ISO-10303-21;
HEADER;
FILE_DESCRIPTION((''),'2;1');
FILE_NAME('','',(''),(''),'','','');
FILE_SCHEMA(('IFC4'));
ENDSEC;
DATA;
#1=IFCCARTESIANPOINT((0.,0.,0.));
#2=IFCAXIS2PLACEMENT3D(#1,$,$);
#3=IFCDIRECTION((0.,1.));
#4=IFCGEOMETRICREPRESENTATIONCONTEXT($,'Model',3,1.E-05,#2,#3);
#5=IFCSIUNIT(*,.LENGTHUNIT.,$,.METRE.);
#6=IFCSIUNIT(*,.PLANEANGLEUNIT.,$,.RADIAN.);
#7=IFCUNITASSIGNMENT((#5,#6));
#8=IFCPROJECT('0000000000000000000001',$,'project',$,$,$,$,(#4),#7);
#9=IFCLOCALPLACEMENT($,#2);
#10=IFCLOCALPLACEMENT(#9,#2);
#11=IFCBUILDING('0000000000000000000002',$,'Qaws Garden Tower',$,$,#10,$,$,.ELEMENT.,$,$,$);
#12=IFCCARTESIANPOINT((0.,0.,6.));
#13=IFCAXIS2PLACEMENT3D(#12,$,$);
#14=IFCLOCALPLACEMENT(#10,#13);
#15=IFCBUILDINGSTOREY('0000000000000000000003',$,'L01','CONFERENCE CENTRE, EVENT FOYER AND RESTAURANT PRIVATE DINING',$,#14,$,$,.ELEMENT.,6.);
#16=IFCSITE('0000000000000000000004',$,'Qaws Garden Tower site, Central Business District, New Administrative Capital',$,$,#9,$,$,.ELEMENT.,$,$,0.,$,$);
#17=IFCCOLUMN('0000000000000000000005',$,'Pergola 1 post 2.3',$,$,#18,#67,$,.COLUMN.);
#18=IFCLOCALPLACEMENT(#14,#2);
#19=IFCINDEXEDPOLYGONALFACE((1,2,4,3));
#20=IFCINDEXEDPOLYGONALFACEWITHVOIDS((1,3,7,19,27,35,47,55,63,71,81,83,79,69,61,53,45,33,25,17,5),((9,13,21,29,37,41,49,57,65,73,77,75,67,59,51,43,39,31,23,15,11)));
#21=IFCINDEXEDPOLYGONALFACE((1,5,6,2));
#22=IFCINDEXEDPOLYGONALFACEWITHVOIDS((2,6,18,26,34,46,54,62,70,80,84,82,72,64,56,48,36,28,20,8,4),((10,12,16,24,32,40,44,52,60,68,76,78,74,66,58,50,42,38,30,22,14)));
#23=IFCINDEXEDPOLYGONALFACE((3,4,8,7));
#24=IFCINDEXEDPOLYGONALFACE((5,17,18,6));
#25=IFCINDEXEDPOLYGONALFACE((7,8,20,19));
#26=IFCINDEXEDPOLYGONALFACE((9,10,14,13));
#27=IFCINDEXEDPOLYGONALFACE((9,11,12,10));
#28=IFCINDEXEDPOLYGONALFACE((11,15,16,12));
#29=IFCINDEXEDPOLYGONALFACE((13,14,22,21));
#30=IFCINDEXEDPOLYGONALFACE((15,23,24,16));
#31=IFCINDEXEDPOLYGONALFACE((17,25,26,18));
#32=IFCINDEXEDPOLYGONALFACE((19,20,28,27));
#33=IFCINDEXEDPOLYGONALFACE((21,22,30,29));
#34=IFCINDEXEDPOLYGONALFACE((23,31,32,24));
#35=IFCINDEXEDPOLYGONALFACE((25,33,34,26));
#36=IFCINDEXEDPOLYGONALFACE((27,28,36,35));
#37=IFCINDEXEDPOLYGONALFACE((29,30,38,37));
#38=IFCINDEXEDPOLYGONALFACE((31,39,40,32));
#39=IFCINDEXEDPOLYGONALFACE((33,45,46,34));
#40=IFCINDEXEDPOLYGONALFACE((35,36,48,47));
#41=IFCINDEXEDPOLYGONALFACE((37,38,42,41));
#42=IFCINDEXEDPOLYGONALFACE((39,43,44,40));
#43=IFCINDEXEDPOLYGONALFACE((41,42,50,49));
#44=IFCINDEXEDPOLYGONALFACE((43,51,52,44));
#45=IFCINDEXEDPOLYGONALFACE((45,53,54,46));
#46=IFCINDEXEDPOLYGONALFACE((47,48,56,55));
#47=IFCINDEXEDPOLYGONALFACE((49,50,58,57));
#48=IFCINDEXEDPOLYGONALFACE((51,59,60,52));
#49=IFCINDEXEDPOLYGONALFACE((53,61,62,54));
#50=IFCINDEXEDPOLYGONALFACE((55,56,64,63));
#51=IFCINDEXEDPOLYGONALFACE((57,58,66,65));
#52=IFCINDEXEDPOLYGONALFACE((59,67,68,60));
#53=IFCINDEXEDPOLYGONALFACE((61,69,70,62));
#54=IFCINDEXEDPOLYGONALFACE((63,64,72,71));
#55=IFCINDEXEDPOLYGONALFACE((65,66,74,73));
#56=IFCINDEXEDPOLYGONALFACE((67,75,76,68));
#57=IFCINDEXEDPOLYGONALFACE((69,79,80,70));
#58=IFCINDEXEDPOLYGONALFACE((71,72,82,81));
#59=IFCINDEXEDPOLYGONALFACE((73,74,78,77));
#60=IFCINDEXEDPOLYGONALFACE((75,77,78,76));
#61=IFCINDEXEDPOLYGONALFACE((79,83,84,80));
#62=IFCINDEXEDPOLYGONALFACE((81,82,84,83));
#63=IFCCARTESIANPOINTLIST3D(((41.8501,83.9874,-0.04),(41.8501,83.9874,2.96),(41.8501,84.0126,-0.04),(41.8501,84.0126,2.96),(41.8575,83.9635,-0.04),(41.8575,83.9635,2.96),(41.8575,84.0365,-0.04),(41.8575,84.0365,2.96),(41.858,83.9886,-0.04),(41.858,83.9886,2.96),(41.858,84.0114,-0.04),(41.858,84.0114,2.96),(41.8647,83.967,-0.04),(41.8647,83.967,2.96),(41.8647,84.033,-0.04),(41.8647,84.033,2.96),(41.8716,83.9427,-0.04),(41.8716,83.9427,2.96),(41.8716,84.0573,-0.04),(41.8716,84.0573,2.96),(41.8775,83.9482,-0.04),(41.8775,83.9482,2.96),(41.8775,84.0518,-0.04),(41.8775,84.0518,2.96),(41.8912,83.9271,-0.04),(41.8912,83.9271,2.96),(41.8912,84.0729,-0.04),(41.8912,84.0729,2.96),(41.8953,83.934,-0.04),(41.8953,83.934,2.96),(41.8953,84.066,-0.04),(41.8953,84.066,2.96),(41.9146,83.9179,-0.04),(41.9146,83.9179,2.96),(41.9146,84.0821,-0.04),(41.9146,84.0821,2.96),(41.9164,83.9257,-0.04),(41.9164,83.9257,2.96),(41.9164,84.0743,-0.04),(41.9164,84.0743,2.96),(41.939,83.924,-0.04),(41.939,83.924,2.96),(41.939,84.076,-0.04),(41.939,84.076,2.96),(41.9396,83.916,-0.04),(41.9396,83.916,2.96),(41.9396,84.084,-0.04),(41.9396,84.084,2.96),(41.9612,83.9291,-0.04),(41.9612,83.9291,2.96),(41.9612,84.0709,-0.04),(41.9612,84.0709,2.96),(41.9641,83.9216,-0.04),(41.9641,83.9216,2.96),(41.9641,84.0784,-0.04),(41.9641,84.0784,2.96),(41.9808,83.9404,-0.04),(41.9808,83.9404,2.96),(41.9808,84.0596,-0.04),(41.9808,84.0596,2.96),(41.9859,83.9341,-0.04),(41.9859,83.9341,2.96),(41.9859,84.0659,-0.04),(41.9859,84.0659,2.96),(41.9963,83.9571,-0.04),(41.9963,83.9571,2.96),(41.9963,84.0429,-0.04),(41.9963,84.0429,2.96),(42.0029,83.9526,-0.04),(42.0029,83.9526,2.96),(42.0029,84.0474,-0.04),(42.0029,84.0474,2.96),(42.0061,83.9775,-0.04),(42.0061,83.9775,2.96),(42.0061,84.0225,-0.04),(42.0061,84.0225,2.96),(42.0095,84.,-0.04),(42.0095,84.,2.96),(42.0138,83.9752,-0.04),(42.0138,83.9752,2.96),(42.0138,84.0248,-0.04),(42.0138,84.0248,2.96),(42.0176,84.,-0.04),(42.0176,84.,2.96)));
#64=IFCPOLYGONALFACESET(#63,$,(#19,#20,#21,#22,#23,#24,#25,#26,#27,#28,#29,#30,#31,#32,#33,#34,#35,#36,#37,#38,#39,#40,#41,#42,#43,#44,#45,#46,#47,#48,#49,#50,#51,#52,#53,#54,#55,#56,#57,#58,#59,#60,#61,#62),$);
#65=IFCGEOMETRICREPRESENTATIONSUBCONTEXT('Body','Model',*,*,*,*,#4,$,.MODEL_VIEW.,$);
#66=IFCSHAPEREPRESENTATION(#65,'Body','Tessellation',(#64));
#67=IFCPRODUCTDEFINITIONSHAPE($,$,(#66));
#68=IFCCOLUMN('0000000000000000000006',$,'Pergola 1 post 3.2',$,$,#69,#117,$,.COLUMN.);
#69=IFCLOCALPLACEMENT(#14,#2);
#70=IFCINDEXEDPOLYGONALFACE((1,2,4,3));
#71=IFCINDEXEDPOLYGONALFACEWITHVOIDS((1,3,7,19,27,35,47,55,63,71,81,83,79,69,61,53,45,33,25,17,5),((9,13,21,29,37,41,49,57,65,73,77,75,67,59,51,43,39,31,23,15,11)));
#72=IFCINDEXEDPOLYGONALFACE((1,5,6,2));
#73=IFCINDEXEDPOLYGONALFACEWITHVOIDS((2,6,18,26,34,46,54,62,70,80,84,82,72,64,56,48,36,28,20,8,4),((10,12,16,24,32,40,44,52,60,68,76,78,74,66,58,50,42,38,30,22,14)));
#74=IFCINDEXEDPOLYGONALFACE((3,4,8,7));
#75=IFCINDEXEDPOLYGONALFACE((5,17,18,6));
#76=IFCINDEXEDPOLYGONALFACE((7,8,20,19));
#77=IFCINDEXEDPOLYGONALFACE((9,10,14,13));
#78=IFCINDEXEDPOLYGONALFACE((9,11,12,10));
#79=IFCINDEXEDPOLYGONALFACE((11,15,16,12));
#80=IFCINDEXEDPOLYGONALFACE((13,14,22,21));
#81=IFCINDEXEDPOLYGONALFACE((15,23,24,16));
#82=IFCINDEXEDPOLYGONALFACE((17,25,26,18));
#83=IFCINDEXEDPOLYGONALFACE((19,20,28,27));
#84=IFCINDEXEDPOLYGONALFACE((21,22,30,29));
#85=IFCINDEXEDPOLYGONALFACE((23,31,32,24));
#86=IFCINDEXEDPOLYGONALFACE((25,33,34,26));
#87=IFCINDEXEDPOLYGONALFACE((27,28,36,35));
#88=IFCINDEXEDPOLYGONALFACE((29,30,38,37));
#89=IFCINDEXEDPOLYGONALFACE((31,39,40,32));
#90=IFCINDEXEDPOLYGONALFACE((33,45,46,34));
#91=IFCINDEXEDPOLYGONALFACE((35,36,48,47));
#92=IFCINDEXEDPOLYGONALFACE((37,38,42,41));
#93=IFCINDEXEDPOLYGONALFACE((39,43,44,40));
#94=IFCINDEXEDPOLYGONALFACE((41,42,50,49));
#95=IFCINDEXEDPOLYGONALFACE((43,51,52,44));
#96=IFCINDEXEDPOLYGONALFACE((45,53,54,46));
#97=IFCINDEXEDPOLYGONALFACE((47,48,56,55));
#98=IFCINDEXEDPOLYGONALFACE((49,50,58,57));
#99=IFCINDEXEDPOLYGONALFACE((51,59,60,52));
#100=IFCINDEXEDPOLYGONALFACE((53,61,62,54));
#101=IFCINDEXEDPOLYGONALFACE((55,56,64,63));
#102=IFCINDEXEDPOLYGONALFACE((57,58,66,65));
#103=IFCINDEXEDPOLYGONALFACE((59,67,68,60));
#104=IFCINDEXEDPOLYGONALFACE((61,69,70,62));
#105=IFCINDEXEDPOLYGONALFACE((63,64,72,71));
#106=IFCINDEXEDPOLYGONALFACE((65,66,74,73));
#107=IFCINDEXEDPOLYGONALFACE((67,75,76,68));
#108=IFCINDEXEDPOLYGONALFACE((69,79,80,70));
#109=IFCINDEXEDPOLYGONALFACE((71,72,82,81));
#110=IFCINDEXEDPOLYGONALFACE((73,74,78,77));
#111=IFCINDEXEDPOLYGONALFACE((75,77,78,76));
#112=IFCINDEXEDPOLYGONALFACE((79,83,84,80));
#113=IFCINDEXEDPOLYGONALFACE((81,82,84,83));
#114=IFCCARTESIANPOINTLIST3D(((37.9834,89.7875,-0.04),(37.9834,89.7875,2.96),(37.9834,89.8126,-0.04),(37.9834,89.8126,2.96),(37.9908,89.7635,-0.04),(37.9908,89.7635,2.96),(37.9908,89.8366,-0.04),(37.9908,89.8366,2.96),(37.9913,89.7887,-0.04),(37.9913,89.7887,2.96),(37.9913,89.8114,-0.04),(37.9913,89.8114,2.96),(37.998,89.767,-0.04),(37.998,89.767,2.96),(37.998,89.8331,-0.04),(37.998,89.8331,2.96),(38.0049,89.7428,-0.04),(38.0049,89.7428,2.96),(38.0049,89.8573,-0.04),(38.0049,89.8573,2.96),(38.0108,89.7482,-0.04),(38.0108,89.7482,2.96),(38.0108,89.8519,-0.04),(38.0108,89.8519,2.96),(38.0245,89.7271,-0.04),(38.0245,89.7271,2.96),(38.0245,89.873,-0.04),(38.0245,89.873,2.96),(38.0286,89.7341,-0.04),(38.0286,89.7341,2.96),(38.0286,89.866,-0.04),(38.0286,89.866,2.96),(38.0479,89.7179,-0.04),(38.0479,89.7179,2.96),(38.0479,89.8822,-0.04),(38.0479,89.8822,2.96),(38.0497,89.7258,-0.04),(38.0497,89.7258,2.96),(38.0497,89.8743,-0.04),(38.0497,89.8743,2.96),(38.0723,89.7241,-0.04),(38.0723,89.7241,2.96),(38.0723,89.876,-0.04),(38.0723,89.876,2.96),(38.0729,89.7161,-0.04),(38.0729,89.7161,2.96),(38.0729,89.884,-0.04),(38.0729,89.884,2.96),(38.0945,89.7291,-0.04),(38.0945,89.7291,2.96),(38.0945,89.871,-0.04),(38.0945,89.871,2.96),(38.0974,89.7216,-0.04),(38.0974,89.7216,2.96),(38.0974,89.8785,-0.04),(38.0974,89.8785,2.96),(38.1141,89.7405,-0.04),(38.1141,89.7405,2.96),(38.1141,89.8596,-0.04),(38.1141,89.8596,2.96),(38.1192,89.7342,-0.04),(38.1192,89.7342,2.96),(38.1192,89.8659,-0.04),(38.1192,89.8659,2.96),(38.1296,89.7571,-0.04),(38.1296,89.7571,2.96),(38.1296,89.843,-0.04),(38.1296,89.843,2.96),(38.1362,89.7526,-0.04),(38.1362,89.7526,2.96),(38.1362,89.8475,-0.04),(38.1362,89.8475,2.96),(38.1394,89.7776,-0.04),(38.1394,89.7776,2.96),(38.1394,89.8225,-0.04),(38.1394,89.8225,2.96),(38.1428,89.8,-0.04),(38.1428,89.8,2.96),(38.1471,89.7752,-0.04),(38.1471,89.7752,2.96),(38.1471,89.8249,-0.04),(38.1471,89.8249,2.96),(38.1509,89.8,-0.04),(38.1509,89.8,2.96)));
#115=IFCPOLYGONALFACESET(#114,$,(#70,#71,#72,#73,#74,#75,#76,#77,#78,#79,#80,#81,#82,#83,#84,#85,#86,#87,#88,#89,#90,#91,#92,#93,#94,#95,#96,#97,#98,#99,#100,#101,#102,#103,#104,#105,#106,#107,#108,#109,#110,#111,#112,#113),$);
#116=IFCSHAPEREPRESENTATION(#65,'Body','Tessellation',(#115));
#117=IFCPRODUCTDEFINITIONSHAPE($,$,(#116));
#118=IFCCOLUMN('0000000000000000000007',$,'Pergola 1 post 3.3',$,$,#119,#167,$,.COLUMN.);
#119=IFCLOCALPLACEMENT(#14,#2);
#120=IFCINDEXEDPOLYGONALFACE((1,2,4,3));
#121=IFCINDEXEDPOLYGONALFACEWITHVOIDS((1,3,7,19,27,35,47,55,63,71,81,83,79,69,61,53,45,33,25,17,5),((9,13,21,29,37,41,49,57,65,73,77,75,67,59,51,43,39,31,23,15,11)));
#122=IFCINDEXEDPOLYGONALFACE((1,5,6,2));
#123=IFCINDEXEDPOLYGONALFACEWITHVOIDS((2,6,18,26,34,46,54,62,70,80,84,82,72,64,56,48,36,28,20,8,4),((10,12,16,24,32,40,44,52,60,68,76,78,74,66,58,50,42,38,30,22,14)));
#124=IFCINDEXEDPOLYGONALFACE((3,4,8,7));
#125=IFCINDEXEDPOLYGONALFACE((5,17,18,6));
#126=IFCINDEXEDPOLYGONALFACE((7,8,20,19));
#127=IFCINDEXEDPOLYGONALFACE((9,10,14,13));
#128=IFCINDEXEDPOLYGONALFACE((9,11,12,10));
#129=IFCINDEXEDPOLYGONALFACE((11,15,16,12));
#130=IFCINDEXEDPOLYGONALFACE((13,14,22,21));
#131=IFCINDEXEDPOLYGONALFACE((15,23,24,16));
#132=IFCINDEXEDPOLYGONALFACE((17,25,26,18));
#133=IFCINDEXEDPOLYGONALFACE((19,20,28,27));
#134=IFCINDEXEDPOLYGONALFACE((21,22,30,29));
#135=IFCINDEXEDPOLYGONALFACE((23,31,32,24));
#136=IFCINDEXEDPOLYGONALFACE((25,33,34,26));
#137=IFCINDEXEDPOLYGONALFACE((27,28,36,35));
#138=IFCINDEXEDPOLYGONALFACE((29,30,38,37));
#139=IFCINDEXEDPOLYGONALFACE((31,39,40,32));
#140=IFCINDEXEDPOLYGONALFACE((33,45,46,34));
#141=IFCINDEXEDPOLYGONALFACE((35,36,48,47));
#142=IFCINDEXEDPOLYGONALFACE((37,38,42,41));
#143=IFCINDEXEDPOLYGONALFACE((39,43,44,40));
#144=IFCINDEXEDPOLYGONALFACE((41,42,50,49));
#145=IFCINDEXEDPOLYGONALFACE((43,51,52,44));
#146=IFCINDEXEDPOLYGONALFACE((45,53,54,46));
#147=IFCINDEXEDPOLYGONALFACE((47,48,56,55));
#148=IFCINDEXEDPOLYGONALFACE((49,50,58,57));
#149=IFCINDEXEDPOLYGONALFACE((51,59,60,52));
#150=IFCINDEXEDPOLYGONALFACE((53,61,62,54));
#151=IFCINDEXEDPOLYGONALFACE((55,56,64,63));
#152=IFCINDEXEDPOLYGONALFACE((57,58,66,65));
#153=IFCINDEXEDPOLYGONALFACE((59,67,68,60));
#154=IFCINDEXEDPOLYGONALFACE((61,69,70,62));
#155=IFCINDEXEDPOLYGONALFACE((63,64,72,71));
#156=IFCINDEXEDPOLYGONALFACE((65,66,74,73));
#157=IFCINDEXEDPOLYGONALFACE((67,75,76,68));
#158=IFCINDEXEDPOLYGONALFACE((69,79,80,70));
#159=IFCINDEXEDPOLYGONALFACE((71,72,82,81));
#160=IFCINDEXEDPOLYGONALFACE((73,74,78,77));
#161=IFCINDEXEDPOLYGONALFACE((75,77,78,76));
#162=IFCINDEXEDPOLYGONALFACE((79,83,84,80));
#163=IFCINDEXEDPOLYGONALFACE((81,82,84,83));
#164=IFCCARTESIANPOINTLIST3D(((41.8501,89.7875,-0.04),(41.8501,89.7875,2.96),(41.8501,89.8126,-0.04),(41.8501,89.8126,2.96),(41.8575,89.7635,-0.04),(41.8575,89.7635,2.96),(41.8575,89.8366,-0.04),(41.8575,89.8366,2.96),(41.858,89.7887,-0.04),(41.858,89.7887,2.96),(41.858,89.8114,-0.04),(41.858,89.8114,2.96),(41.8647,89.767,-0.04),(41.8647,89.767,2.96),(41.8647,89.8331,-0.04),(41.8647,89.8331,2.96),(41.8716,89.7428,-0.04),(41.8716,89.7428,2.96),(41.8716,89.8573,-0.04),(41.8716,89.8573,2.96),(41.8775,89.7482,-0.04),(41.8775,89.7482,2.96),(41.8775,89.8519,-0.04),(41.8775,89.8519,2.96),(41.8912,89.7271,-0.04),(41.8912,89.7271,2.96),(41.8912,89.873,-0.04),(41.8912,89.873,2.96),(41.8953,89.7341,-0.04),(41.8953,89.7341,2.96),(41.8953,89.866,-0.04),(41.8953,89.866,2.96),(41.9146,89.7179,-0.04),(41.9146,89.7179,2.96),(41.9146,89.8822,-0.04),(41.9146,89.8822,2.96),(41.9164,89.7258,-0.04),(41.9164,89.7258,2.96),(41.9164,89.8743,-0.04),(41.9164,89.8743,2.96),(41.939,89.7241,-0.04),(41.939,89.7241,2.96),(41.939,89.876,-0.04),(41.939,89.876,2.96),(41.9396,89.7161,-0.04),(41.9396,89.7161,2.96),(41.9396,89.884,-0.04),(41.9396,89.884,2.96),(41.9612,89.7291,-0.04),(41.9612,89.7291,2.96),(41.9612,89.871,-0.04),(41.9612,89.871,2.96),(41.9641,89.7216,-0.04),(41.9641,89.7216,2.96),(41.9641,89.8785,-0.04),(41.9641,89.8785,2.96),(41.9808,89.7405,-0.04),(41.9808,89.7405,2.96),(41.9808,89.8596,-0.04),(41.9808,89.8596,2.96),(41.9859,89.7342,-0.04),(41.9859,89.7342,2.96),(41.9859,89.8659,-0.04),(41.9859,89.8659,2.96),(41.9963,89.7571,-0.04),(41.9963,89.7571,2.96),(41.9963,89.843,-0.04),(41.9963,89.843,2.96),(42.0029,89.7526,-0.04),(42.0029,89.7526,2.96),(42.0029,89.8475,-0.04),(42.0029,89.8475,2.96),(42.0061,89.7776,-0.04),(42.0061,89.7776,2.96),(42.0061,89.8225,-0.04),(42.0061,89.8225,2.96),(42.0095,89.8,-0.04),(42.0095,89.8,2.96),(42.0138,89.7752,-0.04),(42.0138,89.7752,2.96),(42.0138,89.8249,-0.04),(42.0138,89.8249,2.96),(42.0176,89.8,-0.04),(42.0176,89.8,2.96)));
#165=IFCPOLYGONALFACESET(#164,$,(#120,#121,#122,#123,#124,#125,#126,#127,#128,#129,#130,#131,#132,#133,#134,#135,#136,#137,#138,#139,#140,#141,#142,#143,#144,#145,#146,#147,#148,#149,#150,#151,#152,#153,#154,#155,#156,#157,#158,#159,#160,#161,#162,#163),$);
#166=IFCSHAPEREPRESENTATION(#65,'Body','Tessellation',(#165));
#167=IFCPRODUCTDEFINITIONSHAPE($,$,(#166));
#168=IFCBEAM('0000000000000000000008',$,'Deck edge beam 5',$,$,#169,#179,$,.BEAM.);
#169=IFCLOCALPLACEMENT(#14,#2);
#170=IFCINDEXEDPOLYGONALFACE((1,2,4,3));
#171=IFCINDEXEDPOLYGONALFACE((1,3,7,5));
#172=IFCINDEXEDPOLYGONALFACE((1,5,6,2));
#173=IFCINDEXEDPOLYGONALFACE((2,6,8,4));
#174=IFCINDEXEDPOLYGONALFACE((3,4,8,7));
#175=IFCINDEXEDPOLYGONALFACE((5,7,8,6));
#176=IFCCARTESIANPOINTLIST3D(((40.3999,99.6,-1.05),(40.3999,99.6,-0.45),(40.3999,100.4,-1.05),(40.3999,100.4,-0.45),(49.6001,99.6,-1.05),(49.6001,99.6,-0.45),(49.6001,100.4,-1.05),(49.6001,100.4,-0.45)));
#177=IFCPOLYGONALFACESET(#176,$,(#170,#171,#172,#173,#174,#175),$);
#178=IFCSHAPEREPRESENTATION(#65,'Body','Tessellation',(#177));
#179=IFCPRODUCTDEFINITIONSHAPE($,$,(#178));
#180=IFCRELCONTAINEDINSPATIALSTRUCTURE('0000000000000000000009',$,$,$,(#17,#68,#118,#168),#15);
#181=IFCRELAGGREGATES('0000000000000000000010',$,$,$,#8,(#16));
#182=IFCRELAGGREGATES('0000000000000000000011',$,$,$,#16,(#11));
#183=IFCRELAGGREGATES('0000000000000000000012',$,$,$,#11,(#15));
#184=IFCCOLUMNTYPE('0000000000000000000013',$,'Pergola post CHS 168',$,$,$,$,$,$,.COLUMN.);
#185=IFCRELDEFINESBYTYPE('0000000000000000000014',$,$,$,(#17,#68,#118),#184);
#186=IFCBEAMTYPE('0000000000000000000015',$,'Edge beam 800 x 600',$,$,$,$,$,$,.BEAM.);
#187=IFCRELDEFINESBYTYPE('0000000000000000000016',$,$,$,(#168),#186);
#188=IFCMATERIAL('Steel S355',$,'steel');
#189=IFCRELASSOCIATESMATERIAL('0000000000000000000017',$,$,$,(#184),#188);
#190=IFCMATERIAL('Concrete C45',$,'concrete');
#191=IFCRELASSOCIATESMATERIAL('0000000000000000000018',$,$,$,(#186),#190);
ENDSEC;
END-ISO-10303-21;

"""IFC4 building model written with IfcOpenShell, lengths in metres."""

from ifc_helpers import new_model, si_unit, direction, frame, origin, origin_2d, place, context, subcontext, project, spatial, rectangle, hollow_circle, extrude, material, material_profile, profile_set, type_object, element, save


model = new_model("IFC4")

# Units and contexts
model_context = context("Model", 3, precision=1e-05, world=origin(), true_north=direction((0.0, 1.0)))
body_context = subcontext(model_context, "Body", "Model", "MODEL_VIEW")
ifc_project = project(units=[si_unit("LENGTHUNIT", "METRE"), si_unit("PLANEANGLEUNIT", "RADIAN")], contexts=[model_context])

# Site, building, storey
site_placement = place(None, origin())
site = spatial("IfcSite", under=ifc_project, at=site_placement, Name="Qaws Garden Tower site, Central Business District, New Administrative Capital", CompositionType="ELEMENT", RefElevation=0.0)
building_placement = place(site_placement, origin())
building = spatial("IfcBuilding", under=site, at=building_placement, Name="Qaws Garden Tower", CompositionType="ELEMENT")
storey_placement = place(building_placement, frame((0.0, 0.0, 6.0)))
storey = spatial("IfcBuildingStorey", under=building, at=storey_placement, Name="L01", Description="CONFERENCE CENTRE, EVENT FOYER AND RESTAURANT PRIVATE DINING", CompositionType="ELEMENT", Elevation=6.0)

# Columns
ifc_material_1 = material(Name="Steel S355", Category="steel")
ifc_material_profile_1 = material_profile(ifc_material_1, hollow_circle(Radius=0.0842, WallThickness=0.0081, at=origin_2d()), Name="Pergola post CHS 168")
ifc_profile_set_1 = profile_set([ifc_material_profile_1], Name="Steel S355")
column_type = type_object("IfcColumnType", Name="Pergola post CHS 168", PredefinedType="COLUMN", material=ifc_profile_set_1)
for number, where, z_axis, x_axis, name in (
    (1, (41.9333, 84.0, -0.04), (0.0, 0.0, 1.0), (1.0, 0.0, 0.0), "Pergola 1 post 2.3"),
    (2, (38.0667, 89.8, -0.04), (0.0, 0.0, 1.0), (1.0, 0.0, 0.0), "Pergola 1 post 3.2"),
    (3, (41.9333, 89.8, -0.04), (0.0, 0.0, 1.0), (1.0, 0.0, 0.0), "Pergola 1 post 3.3"),
):
    element("IfcColumn", number, at=place(storey_placement, frame(where, z_axis=z_axis, x_axis=x_axis)), inside=storey, type_object=column_type, Name=name, PredefinedType="COLUMN", context=body_context, shape_type="SweptSolid", body=[
        extrude(hollow_circle(Radius=0.0842, WallThickness=0.0081, at=origin_2d()), origin(), (0.0, 0.0, 1.0), 3.0),
    ])

# Beam
ifc_material_2 = material(Name="Concrete C45", Category="concrete")
ifc_material_profile_2 = material_profile(ifc_material_2, rectangle(XDim=0.8, YDim=0.6001, at=origin_2d()), Name="Edge beam 800 x 600")
ifc_profile_set_2 = profile_set([ifc_material_profile_2], Name="Concrete C45")
beam_type_1 = type_object("IfcBeamType", Name="Edge beam 800 x 600", PredefinedType="BEAM", material=ifc_profile_set_2)
beam_placement = place(storey_placement, frame((40.3999, 100.0, -0.75), z_axis=(1.0, 0.0, 0.0), x_axis=(0.0, 1.0, 0.0)))
element("IfcBeam", 4, at=beam_placement, inside=storey, type_object=beam_type_1, Name="Deck edge beam 5", PredefinedType="BEAM", context=body_context, shape_type="SweptSolid", body=[
    extrude(rectangle(XDim=0.8, YDim=0.6001, at=origin_2d()), origin(), (0.0, 0.0, 1.0), 9.2002),
])

save(model, "model.ifc")
